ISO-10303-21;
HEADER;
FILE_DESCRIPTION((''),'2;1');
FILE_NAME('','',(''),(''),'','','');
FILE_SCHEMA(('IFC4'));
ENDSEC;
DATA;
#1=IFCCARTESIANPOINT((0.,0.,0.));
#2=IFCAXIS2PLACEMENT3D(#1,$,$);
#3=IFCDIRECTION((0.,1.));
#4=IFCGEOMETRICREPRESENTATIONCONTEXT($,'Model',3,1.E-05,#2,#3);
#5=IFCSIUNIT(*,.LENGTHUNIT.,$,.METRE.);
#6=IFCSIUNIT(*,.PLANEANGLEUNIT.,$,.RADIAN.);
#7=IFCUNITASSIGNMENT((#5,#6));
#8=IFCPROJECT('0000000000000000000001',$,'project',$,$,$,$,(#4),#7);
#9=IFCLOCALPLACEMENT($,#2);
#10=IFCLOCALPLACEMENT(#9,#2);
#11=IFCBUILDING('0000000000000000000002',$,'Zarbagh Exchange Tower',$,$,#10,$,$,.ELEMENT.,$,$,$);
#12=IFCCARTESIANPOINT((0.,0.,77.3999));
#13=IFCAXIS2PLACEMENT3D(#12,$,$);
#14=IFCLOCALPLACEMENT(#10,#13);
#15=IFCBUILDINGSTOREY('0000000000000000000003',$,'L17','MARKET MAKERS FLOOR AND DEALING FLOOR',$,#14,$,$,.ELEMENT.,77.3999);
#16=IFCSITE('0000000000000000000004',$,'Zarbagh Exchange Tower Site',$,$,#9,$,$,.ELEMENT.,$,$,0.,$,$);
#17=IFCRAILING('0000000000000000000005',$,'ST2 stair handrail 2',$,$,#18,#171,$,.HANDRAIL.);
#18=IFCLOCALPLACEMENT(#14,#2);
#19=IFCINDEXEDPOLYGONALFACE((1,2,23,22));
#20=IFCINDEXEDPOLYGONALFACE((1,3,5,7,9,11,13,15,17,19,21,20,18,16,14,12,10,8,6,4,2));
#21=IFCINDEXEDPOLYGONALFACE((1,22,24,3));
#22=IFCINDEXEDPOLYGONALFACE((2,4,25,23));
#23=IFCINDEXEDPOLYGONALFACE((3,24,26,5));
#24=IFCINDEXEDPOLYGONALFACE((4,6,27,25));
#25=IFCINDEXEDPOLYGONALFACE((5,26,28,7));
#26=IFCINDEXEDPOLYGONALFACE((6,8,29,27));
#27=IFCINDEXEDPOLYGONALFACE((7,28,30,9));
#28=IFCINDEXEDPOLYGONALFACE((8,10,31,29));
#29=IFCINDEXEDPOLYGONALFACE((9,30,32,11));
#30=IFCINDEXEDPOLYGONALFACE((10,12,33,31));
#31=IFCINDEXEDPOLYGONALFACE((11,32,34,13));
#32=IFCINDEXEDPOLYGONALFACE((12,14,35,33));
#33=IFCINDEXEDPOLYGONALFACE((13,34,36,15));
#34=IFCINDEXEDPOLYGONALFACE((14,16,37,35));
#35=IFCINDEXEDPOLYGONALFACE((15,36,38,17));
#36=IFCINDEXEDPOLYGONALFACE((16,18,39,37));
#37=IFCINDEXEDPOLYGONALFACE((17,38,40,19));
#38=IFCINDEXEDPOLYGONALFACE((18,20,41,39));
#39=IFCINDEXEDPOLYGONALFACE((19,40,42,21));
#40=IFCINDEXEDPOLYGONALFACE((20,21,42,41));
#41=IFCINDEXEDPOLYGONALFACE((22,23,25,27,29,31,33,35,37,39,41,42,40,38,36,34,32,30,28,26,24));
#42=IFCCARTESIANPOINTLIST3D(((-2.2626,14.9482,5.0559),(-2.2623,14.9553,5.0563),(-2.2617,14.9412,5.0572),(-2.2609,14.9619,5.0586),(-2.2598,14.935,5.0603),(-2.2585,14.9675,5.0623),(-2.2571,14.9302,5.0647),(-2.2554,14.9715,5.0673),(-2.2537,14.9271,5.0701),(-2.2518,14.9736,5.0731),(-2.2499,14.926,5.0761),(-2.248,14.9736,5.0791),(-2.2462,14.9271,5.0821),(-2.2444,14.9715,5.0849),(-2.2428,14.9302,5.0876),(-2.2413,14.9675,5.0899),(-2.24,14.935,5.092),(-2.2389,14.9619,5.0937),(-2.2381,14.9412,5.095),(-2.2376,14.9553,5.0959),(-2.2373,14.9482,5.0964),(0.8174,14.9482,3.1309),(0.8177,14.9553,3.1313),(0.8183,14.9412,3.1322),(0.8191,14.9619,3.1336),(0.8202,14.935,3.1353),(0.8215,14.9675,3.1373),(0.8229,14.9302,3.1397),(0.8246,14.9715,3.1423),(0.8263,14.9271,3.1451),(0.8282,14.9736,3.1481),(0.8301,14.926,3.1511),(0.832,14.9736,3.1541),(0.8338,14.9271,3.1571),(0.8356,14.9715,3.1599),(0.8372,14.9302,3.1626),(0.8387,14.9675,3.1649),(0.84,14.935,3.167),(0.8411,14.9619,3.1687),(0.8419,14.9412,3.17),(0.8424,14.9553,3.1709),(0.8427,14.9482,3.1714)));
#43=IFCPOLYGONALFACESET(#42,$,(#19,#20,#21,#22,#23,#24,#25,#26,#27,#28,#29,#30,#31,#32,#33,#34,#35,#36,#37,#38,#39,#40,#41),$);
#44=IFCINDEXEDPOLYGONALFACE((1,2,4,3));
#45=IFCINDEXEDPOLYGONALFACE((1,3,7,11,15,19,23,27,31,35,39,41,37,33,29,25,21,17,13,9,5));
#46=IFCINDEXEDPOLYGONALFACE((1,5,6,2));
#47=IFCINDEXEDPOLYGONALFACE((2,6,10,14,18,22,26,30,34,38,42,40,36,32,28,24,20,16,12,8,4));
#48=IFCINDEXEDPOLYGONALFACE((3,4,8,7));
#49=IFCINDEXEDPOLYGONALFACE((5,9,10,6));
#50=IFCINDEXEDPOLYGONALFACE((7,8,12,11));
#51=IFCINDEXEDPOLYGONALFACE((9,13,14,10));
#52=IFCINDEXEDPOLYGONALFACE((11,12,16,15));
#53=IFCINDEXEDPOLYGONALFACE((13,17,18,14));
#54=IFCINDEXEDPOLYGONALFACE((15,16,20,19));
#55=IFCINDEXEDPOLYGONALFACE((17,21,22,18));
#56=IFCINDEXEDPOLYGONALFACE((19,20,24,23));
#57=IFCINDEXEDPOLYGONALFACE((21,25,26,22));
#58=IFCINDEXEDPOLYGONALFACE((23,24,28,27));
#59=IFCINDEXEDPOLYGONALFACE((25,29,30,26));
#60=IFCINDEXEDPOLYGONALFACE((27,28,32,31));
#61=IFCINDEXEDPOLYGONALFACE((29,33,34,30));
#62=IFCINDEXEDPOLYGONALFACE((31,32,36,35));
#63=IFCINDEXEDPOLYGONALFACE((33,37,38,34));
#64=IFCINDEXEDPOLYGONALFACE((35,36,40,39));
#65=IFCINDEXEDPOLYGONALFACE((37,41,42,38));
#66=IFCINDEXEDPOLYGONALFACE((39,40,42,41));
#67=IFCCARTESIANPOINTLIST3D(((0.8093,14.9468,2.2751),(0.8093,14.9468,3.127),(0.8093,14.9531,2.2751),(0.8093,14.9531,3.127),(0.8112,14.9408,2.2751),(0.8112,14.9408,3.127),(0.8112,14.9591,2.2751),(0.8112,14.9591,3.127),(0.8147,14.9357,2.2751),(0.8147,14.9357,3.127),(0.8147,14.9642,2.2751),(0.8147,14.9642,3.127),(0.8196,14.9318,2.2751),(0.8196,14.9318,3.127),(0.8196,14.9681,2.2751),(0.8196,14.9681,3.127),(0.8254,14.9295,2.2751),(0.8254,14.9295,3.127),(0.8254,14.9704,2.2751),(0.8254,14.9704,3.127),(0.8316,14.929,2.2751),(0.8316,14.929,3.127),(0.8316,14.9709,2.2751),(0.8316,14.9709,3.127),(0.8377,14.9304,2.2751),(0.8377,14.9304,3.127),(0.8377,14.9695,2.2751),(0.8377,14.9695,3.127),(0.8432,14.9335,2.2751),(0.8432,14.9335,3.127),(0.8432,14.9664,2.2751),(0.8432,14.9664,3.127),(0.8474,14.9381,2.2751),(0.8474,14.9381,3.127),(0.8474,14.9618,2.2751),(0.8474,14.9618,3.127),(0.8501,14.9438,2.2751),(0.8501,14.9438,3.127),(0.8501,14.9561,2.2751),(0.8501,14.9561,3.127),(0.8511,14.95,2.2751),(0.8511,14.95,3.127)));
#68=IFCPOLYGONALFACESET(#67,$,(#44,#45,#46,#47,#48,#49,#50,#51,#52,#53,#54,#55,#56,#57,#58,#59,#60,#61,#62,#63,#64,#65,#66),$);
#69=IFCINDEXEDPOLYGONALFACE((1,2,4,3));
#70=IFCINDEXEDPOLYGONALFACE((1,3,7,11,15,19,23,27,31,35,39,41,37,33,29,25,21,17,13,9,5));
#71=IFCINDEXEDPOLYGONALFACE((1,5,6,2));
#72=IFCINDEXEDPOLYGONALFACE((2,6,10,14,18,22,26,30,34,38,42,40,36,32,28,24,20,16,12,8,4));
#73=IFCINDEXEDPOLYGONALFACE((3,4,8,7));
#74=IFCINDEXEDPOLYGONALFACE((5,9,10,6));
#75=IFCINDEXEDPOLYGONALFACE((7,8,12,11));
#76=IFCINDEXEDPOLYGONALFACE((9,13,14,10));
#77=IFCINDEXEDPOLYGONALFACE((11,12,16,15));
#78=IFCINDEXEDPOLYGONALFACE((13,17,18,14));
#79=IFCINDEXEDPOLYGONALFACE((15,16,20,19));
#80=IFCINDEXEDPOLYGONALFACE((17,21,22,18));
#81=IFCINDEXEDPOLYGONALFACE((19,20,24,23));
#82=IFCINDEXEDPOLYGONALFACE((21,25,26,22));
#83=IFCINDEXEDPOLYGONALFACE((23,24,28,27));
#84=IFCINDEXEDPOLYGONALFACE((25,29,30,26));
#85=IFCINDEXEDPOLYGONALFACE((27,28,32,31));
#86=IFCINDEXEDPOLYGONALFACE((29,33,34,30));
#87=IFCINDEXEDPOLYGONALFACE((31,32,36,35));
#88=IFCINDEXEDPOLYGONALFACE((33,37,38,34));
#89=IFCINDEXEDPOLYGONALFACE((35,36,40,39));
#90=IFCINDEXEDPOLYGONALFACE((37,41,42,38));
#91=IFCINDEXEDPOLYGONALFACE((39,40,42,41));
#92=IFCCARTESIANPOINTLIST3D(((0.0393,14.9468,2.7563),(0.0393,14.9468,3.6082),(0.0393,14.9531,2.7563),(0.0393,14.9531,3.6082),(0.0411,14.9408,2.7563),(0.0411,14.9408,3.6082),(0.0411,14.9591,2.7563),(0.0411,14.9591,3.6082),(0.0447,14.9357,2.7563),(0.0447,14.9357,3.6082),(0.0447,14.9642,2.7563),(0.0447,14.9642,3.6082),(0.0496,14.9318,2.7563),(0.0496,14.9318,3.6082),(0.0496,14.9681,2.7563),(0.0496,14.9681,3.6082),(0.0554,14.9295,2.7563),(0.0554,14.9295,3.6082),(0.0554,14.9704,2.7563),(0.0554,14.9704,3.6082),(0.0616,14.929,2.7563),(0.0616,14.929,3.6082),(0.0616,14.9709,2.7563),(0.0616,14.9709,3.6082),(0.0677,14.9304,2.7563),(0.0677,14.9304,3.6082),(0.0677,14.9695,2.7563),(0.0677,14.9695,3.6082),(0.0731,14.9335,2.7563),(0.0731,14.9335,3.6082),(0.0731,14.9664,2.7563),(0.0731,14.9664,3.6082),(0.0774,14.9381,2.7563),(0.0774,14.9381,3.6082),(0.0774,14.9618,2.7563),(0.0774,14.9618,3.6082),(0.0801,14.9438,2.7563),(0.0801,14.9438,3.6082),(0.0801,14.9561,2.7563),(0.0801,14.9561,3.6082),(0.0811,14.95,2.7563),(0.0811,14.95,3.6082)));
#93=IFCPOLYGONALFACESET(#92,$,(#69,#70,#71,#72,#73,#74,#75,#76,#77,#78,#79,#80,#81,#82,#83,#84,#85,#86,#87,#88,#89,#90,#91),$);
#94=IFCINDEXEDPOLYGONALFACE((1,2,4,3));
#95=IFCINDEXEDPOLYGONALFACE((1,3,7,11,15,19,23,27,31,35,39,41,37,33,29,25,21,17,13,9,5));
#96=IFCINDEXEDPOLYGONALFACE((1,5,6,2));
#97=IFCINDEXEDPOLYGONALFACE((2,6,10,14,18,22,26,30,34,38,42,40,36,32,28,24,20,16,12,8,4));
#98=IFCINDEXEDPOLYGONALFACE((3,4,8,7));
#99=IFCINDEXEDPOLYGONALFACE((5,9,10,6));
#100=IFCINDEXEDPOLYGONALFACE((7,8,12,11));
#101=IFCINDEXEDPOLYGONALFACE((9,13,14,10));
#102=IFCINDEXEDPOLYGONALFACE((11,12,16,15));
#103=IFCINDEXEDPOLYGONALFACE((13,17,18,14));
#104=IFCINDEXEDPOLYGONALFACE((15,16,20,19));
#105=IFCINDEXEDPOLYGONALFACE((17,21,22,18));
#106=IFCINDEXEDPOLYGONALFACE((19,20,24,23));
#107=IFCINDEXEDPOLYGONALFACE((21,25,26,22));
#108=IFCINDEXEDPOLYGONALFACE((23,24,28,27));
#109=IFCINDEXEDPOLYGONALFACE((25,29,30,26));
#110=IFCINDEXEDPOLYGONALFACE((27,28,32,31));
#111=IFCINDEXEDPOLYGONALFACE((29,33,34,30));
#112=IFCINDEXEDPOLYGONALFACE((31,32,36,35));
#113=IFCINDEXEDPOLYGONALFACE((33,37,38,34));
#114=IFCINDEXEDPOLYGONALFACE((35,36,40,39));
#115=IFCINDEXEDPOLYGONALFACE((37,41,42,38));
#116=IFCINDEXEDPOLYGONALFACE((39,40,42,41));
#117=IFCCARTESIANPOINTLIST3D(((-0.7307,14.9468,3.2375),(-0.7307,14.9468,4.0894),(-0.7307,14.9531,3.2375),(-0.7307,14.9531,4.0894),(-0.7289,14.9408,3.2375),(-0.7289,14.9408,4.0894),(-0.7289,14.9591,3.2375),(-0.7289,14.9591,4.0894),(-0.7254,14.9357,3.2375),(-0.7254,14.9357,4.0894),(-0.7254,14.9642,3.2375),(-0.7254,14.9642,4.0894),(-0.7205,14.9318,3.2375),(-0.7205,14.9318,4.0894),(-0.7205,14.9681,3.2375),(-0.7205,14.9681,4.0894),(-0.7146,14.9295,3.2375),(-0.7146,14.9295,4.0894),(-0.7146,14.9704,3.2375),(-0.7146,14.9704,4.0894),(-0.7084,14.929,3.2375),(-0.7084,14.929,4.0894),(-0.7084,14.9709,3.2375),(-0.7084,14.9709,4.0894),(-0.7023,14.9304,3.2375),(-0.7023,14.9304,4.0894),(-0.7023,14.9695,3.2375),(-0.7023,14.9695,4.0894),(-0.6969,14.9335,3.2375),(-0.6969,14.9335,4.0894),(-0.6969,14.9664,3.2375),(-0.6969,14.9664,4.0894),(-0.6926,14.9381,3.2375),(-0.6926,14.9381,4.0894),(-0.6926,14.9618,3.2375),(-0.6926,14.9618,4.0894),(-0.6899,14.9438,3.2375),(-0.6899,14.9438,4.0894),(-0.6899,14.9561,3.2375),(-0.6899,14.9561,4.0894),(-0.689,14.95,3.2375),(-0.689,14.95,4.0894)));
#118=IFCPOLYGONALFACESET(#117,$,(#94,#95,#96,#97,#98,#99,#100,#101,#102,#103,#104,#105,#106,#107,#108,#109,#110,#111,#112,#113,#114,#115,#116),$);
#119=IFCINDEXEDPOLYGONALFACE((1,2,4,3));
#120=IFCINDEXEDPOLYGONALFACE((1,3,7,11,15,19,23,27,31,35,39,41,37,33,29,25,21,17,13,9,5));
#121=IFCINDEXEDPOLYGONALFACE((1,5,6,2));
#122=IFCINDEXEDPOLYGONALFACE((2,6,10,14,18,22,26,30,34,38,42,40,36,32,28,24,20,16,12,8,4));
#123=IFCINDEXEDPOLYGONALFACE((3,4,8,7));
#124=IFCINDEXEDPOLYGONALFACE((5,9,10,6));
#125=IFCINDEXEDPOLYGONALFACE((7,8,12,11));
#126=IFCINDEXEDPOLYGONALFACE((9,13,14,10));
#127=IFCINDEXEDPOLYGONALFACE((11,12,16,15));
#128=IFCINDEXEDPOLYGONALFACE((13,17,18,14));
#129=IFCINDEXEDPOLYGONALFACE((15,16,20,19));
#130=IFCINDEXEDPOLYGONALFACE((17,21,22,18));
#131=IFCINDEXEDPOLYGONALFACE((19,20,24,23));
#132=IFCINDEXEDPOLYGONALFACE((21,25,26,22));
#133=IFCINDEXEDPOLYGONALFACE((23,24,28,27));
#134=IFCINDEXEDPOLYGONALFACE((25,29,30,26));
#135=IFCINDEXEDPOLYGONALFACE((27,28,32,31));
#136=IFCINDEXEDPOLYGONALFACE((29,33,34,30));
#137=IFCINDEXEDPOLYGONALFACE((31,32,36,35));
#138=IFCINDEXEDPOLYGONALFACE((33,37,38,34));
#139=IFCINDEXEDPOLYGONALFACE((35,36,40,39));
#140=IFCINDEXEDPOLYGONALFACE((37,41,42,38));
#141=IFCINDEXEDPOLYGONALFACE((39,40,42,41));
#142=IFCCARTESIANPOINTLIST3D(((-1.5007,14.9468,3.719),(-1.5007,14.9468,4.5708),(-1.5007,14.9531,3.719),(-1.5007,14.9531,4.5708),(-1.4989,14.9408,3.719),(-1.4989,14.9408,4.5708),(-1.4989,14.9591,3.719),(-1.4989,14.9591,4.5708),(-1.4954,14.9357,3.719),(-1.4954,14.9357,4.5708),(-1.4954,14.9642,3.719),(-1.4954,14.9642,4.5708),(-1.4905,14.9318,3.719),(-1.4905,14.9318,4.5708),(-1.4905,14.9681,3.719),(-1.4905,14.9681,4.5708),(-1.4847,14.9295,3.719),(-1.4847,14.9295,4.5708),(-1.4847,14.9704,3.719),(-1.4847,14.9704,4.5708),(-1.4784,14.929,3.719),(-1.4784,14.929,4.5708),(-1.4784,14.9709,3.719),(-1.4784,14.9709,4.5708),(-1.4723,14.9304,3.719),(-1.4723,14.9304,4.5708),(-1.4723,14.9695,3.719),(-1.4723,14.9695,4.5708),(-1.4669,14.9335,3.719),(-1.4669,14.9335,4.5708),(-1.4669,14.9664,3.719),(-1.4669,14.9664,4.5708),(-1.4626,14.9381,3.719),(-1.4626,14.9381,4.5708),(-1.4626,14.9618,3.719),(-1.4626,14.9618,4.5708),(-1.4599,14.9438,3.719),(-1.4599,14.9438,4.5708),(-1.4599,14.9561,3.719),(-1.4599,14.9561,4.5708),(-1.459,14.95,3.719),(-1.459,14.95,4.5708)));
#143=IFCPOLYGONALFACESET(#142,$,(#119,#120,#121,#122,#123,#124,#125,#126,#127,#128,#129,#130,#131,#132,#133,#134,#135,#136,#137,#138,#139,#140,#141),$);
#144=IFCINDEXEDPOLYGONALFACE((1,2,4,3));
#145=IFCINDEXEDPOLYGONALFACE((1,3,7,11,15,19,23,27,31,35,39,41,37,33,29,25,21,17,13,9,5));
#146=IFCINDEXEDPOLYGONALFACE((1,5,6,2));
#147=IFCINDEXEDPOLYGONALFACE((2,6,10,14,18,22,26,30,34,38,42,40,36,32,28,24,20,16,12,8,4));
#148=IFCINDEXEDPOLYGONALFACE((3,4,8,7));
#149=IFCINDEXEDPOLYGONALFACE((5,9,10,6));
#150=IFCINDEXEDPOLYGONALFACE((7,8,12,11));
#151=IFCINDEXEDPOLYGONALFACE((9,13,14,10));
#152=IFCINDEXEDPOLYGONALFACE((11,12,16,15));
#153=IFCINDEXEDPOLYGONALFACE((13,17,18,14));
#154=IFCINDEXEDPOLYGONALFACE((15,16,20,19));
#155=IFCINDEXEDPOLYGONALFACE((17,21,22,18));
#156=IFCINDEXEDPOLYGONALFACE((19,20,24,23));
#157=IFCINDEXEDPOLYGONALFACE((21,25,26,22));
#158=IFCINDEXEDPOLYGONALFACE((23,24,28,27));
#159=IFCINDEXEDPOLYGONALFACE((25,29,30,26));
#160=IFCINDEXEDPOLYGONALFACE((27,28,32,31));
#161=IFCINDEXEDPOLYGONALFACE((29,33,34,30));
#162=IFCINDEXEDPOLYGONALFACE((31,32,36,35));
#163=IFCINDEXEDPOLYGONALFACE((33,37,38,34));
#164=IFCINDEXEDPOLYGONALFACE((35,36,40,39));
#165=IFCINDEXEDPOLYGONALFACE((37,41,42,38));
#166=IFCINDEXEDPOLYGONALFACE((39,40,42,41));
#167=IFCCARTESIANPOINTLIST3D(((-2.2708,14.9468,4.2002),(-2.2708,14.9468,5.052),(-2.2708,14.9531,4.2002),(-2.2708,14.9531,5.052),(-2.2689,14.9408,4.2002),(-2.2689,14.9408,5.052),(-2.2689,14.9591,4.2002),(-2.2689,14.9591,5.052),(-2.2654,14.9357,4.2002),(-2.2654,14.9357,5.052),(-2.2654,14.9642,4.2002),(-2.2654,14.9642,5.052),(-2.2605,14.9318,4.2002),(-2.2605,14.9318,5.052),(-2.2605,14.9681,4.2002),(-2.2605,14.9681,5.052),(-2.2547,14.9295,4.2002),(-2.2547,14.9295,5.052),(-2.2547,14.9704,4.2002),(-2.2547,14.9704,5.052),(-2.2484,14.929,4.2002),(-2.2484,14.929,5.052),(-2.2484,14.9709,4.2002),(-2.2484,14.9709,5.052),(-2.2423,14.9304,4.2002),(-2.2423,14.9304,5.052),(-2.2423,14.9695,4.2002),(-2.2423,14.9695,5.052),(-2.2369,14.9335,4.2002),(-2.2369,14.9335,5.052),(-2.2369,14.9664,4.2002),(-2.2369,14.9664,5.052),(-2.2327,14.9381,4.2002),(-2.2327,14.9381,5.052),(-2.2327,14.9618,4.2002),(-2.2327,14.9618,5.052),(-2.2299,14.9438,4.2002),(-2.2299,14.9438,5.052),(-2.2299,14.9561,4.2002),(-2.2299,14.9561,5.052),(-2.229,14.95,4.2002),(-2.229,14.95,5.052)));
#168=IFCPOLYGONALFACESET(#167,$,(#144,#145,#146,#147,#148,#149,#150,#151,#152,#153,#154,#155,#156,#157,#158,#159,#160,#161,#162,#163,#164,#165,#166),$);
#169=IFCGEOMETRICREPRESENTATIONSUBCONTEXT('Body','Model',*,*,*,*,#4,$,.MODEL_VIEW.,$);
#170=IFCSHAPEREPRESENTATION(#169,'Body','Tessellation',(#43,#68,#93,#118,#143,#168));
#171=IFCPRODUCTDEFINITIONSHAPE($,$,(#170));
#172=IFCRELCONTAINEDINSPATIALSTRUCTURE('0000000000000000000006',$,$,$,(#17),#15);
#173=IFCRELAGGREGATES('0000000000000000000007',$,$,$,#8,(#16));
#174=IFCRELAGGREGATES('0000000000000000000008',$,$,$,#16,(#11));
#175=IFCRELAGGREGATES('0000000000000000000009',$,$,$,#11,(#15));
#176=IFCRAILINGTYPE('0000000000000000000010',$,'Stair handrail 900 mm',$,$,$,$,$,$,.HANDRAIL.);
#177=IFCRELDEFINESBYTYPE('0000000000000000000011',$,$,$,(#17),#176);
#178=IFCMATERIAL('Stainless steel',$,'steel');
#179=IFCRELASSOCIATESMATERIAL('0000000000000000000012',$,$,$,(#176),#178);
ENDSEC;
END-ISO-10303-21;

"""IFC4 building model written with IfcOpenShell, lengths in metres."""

from ifc_helpers import new_model, si_unit, direction, frame, origin, origin_2d, place, context, subcontext, project, spatial, circle, extrude, material, type_object, element, save


model = new_model("IFC4")

# Units and contexts
model_context = context("Model", 3, precision=1e-05, world=origin(), true_north=direction((0.0, 1.0)))
body_context = subcontext(model_context, "Body", "Model", "MODEL_VIEW")
ifc_project = project(units=[si_unit("LENGTHUNIT", "METRE"), si_unit("PLANEANGLEUNIT", "RADIAN")], contexts=[model_context])

# Site, building, storey
site_placement = place(None, origin())
site = spatial("IfcSite", under=ifc_project, at=site_placement, Name="Zarbagh Exchange Tower Site", CompositionType="ELEMENT", RefElevation=0.0)
building_placement = place(site_placement, origin())
building = spatial("IfcBuilding", under=site, at=building_placement, Name="Zarbagh Exchange Tower", CompositionType="ELEMENT")
storey_placement = place(building_placement, frame((0.0, 0.0, 77.3999)))
storey = spatial("IfcBuildingStorey", under=building, at=storey_placement, Name="L17", Description="MARKET MAKERS FLOOR AND DEALING FLOOR", CompositionType="ELEMENT", Elevation=77.3999)

# Shared definitions
ifc_material_1 = material(Name="Stainless steel", Category="steel")

# Railing
railing_type_1 = type_object("IfcRailingType", Name="Stair handrail 900 mm", PredefinedType="HANDRAIL", material=ifc_material_1)
railing_1_placement = place(storey_placement, frame((0.8301, 14.95, 2.2751)))
element("IfcRailing", 1, at=railing_1_placement, inside=storey, type_object=railing_type_1, Name="ST2 stair handrail 2", PredefinedType="HANDRAIL", context=body_context, shape_type="SweptSolid", body=[
    extrude(circle(Radius=0.0239, at=origin_2d()), frame((0.0, 0.0, 0.876), z_axis=(-0.847998, 0.0, 0.529999), x_axis=(0.0, -1.0, 0.0)), (0.0, 0.0, 1.0), 3.6321),
    extrude(circle(Radius=0.021, at=origin_2d()), origin(), (0.0, 0.0, 1.0), 0.8518),
    extrude(circle(Radius=0.021, at=origin_2d()), frame((-0.77, 0.0, 0.4812)), (0.0, 0.0, 1.0), 0.8518),
    extrude(circle(Radius=0.021, at=origin_2d()), frame((-1.54, 0.0, 0.9624)), (0.0, 0.0, 1.0), 0.8518),
    extrude(circle(Radius=0.021, at=origin_2d()), frame((-2.3101, 0.0, 1.4438)), (0.0, 0.0, 1.0), 0.8518),
    extrude(circle(Radius=0.021, at=origin_2d()), frame((-3.0801, 0.0, 1.925)), (0.0, 0.0, 1.0), 0.8518),
])

save(model, "model.ifc")
